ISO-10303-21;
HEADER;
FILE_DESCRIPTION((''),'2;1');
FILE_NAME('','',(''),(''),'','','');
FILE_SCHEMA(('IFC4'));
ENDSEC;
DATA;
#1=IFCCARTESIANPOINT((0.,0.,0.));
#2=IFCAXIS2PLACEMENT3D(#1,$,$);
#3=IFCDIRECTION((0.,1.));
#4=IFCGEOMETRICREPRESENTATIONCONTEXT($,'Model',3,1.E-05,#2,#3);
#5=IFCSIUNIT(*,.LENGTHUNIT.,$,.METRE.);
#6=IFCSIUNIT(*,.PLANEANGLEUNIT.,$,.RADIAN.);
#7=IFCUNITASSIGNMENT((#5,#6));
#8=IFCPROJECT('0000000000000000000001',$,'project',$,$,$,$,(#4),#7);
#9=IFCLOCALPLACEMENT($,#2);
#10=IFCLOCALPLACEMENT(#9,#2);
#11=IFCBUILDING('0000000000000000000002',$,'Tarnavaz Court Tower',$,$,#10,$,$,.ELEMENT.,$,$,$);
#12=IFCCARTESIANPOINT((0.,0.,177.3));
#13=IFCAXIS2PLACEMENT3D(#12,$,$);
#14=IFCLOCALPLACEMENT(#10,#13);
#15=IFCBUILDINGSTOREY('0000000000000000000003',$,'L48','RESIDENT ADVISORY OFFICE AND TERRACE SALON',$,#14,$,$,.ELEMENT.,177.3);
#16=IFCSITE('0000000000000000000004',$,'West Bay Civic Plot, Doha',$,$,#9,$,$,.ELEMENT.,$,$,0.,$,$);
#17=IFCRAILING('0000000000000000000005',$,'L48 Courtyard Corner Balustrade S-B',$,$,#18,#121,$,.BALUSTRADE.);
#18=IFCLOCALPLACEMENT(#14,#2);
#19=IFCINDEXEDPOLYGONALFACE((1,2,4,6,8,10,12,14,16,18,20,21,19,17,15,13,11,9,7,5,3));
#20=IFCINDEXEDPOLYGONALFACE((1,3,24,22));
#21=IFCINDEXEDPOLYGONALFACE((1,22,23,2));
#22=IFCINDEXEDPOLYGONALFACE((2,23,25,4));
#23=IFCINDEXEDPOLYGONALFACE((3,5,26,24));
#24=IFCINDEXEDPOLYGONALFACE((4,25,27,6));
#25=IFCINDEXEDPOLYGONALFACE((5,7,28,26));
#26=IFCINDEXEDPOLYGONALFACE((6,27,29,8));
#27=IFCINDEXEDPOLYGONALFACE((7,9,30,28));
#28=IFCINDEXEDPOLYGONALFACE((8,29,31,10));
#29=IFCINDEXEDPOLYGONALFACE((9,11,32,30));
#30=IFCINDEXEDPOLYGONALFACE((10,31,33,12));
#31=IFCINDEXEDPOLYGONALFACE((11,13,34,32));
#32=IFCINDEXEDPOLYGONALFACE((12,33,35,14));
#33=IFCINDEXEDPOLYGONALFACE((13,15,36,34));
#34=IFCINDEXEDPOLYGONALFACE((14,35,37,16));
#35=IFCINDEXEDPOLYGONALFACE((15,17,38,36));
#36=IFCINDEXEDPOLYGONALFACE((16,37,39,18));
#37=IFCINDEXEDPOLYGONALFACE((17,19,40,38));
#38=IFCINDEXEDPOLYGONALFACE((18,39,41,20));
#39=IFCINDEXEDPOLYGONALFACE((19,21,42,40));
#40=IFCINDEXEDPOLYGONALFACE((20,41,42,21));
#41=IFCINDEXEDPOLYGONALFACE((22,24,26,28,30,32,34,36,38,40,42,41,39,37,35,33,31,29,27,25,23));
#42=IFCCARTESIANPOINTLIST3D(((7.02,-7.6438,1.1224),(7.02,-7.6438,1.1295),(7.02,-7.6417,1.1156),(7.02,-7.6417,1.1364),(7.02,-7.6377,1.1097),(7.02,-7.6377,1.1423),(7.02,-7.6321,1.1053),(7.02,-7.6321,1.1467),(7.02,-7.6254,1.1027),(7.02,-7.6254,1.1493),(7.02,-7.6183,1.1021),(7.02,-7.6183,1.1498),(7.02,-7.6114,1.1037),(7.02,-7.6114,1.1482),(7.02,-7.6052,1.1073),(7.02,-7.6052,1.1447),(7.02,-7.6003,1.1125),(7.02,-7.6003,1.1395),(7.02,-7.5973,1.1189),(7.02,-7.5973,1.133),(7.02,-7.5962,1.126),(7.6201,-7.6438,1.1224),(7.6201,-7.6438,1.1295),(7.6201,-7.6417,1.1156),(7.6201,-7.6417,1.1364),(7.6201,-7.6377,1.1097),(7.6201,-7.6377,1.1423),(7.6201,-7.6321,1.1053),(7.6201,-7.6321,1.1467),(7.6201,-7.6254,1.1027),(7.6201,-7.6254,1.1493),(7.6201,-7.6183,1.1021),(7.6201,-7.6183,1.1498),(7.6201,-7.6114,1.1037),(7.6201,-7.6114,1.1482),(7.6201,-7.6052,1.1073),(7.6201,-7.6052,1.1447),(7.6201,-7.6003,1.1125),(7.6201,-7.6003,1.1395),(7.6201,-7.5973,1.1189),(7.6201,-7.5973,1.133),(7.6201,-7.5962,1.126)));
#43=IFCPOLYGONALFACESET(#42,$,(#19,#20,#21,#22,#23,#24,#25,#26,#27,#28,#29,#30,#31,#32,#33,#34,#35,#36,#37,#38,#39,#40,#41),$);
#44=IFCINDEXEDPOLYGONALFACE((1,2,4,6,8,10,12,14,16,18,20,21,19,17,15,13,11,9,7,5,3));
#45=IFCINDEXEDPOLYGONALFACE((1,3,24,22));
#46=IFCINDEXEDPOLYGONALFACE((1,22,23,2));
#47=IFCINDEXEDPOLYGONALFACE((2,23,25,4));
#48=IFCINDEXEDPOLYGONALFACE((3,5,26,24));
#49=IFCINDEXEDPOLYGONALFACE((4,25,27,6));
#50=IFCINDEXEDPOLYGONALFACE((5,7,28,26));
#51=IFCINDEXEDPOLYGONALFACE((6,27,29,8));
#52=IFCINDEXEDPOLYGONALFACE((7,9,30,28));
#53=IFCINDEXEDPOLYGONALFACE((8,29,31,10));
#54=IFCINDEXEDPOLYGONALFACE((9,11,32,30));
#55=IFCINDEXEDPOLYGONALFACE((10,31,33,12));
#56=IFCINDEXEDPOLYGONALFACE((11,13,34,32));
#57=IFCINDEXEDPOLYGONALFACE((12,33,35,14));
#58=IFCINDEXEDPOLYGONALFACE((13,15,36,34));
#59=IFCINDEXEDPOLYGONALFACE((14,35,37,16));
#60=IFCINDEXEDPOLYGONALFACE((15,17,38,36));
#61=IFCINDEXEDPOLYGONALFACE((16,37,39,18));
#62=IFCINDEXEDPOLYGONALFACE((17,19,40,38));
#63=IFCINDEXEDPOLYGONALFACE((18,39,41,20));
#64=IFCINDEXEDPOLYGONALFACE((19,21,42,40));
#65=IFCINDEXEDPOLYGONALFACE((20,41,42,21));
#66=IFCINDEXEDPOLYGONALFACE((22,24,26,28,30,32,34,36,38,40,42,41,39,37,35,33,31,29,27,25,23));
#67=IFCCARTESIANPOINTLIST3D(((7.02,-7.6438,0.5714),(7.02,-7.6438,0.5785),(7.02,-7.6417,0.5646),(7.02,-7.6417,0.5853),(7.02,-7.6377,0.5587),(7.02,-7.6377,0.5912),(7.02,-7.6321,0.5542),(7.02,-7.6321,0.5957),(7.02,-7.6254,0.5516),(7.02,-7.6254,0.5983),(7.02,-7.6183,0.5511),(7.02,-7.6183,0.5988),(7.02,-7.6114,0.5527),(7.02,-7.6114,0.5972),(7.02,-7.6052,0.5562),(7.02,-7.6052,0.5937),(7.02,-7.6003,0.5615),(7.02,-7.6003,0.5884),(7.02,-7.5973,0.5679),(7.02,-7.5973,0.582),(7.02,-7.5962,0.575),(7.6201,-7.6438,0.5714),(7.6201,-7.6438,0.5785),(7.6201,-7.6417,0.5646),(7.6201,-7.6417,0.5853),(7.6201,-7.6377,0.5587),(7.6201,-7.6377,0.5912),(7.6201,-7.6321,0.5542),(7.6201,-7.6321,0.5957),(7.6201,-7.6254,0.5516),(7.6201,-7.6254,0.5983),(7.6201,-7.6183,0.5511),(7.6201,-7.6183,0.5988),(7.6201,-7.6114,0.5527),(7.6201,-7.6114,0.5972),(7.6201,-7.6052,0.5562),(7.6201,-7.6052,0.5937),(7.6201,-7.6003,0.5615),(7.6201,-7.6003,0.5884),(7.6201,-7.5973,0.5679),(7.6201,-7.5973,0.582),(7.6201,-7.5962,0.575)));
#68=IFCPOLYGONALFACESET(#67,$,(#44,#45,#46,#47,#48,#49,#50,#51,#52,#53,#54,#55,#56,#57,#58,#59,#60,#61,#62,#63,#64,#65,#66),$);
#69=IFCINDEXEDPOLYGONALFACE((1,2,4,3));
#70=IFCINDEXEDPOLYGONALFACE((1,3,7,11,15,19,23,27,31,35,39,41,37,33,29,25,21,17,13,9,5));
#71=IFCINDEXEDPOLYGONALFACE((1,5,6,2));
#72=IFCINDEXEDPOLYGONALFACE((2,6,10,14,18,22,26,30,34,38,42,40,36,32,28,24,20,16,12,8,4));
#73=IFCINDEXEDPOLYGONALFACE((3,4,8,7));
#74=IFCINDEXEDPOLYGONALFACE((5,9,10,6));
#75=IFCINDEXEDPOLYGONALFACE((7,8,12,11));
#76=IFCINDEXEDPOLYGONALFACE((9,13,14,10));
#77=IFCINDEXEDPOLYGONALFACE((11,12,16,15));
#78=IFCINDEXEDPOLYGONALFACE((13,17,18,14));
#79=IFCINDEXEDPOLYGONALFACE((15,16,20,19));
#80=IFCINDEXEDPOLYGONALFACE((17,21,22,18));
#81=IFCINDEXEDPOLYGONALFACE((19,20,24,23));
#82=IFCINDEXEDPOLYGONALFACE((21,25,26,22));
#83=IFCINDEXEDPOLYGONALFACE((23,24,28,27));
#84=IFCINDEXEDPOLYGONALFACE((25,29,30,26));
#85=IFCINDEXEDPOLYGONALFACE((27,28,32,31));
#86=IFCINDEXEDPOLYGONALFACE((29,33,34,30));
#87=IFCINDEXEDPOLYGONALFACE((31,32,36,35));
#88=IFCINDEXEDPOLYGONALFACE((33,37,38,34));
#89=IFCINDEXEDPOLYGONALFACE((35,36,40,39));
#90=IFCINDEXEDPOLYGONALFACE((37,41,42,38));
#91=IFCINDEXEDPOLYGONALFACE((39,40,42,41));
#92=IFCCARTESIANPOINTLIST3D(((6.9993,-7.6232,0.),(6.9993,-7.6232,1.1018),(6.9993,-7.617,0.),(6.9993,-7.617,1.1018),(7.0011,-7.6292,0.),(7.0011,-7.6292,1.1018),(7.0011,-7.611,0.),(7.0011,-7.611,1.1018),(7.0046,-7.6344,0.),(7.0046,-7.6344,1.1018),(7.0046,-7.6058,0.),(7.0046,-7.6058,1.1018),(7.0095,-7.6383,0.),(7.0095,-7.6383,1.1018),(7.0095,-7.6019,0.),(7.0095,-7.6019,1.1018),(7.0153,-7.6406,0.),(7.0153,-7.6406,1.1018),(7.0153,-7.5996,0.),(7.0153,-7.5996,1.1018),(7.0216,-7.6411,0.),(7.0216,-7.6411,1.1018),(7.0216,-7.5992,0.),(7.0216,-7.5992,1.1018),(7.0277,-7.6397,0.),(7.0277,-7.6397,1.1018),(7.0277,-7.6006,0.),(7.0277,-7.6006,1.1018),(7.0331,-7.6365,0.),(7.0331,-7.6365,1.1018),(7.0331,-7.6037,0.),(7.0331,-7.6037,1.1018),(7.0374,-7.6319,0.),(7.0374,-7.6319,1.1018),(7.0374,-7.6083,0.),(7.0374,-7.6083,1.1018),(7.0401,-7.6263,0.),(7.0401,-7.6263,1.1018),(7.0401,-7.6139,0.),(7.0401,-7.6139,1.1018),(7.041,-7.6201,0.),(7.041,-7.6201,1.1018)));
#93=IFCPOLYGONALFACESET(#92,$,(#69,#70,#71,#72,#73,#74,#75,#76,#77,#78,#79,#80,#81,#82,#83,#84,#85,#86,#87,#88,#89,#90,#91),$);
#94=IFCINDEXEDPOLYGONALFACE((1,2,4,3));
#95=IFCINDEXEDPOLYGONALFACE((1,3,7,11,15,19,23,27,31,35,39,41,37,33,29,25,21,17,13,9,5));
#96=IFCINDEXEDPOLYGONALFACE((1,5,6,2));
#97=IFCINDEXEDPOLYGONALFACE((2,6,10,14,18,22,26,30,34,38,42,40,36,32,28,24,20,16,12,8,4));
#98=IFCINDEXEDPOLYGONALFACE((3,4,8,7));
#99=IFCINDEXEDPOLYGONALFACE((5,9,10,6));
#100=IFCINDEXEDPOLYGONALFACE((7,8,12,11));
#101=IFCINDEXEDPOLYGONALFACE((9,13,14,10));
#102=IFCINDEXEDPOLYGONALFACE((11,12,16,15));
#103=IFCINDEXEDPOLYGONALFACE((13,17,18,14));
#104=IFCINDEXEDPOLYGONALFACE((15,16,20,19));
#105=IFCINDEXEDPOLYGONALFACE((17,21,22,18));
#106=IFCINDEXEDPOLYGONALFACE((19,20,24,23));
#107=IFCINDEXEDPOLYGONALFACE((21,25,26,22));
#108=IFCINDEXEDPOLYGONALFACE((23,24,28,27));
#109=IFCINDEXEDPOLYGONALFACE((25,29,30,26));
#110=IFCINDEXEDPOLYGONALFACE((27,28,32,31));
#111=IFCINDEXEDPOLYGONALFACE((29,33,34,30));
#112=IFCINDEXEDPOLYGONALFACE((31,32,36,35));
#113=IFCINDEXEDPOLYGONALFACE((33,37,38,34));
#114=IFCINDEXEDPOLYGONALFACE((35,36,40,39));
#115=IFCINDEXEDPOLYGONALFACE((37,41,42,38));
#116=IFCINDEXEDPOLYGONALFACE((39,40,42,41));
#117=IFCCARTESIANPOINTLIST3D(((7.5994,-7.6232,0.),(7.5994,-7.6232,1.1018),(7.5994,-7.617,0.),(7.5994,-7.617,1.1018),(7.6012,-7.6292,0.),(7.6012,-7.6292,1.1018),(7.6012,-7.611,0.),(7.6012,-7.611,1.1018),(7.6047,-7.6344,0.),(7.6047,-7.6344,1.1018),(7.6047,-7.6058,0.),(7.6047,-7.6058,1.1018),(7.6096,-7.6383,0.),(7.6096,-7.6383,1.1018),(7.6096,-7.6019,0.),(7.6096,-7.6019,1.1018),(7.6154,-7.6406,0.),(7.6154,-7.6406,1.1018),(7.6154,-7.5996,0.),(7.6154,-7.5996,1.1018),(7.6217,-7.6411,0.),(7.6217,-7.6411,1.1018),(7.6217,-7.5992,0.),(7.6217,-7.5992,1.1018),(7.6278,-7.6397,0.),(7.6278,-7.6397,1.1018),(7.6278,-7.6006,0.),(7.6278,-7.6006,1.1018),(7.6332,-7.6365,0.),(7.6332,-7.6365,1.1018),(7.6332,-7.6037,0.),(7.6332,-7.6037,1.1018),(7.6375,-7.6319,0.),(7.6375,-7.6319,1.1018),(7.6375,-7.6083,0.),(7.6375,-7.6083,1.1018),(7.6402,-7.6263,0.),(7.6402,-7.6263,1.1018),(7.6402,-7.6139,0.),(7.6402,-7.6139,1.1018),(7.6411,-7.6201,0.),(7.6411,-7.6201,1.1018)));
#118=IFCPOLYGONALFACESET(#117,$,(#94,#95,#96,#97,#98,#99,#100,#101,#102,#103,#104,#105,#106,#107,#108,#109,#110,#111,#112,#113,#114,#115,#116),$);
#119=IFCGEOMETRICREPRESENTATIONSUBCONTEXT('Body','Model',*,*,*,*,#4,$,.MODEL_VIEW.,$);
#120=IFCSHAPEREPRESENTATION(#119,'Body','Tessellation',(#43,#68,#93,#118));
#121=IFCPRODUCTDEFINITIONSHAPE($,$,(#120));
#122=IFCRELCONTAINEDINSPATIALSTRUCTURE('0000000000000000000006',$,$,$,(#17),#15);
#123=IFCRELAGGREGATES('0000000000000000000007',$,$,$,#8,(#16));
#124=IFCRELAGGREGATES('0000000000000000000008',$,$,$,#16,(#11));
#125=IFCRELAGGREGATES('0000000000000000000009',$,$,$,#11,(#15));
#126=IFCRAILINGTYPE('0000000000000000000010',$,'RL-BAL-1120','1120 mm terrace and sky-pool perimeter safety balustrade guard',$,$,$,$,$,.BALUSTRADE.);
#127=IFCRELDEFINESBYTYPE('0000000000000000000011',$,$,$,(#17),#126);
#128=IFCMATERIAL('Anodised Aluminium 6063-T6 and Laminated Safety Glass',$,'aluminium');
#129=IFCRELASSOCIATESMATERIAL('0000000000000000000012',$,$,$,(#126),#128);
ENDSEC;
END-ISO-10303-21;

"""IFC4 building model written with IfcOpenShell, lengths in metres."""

from ifc_helpers import new_model, si_unit, direction, frame, origin, origin_2d, place, context, subcontext, project, spatial, circle, extrude, material, type_object, element, save


model = new_model("IFC4")

# Units and contexts
model_context = context("Model", 3, precision=1e-05, world=origin(), true_north=direction((0.0, 1.0)))
body_context = subcontext(model_context, "Body", "Model", "MODEL_VIEW")
ifc_project = project(units=[si_unit("LENGTHUNIT", "METRE"), si_unit("PLANEANGLEUNIT", "RADIAN")], contexts=[model_context])

# Site, building, storey
site_placement = place(None, origin())
site = spatial("IfcSite", under=ifc_project, at=site_placement, Name="West Bay Civic Plot, Doha", CompositionType="ELEMENT", RefElevation=0.0)
building_placement = place(site_placement, origin())
building = spatial("IfcBuilding", under=site, at=building_placement, Name="Tarnavaz Court Tower", CompositionType="ELEMENT")
storey_placement = place(building_placement, frame((0.0, 0.0, 177.3)))
storey = spatial("IfcBuildingStorey", under=building, at=storey_placement, Name="L48", Description="RESIDENT ADVISORY OFFICE AND TERRACE SALON", CompositionType="ELEMENT", Elevation=177.3)

# Railing
ifc_material_1 = material(Name="Anodised Aluminium 6063-T6 and Laminated Safety Glass", Category="aluminium")
railing_type = type_object("IfcRailingType", Name="RL-BAL-1120", Description="1120 mm terrace and sky-pool perimeter safety balustrade guard", PredefinedType="BALUSTRADE", material=ifc_material_1)
railing_placement = place(storey_placement, frame((7.02, -7.6201, 0.0)))
element("IfcRailing", 1, at=railing_placement, inside=storey, type_object=railing_type, Name="L48 Courtyard Corner Balustrade S-B", PredefinedType="BALUSTRADE", context=body_context, shape_type="SweptSolid", body=[
    extrude(circle(Radius=0.0239, at=origin_2d()), frame((0.0, 0.0, 1.126), z_axis=(1.0, 0.0, 0.0), x_axis=(0.0, 1.0, 0.0)), (0.0, 0.0, 1.0), 0.6001),
    extrude(circle(Radius=0.0239, at=origin_2d()), frame((0.0, 0.0, 0.575), z_axis=(1.0, 0.0, 0.0), x_axis=(0.0, 1.0, 0.0)), (0.0, 0.0, 1.0), 0.6001),
    extrude(circle(Radius=0.021, at=origin_2d()), origin(), (0.0, 0.0, 1.0), 1.1018),
    extrude(circle(Radius=0.021, at=origin_2d()), frame((0.6001, 0.0, 0.0)), (0.0, 0.0, 1.0), 1.1018),
])

save(model, "model.ifc")
